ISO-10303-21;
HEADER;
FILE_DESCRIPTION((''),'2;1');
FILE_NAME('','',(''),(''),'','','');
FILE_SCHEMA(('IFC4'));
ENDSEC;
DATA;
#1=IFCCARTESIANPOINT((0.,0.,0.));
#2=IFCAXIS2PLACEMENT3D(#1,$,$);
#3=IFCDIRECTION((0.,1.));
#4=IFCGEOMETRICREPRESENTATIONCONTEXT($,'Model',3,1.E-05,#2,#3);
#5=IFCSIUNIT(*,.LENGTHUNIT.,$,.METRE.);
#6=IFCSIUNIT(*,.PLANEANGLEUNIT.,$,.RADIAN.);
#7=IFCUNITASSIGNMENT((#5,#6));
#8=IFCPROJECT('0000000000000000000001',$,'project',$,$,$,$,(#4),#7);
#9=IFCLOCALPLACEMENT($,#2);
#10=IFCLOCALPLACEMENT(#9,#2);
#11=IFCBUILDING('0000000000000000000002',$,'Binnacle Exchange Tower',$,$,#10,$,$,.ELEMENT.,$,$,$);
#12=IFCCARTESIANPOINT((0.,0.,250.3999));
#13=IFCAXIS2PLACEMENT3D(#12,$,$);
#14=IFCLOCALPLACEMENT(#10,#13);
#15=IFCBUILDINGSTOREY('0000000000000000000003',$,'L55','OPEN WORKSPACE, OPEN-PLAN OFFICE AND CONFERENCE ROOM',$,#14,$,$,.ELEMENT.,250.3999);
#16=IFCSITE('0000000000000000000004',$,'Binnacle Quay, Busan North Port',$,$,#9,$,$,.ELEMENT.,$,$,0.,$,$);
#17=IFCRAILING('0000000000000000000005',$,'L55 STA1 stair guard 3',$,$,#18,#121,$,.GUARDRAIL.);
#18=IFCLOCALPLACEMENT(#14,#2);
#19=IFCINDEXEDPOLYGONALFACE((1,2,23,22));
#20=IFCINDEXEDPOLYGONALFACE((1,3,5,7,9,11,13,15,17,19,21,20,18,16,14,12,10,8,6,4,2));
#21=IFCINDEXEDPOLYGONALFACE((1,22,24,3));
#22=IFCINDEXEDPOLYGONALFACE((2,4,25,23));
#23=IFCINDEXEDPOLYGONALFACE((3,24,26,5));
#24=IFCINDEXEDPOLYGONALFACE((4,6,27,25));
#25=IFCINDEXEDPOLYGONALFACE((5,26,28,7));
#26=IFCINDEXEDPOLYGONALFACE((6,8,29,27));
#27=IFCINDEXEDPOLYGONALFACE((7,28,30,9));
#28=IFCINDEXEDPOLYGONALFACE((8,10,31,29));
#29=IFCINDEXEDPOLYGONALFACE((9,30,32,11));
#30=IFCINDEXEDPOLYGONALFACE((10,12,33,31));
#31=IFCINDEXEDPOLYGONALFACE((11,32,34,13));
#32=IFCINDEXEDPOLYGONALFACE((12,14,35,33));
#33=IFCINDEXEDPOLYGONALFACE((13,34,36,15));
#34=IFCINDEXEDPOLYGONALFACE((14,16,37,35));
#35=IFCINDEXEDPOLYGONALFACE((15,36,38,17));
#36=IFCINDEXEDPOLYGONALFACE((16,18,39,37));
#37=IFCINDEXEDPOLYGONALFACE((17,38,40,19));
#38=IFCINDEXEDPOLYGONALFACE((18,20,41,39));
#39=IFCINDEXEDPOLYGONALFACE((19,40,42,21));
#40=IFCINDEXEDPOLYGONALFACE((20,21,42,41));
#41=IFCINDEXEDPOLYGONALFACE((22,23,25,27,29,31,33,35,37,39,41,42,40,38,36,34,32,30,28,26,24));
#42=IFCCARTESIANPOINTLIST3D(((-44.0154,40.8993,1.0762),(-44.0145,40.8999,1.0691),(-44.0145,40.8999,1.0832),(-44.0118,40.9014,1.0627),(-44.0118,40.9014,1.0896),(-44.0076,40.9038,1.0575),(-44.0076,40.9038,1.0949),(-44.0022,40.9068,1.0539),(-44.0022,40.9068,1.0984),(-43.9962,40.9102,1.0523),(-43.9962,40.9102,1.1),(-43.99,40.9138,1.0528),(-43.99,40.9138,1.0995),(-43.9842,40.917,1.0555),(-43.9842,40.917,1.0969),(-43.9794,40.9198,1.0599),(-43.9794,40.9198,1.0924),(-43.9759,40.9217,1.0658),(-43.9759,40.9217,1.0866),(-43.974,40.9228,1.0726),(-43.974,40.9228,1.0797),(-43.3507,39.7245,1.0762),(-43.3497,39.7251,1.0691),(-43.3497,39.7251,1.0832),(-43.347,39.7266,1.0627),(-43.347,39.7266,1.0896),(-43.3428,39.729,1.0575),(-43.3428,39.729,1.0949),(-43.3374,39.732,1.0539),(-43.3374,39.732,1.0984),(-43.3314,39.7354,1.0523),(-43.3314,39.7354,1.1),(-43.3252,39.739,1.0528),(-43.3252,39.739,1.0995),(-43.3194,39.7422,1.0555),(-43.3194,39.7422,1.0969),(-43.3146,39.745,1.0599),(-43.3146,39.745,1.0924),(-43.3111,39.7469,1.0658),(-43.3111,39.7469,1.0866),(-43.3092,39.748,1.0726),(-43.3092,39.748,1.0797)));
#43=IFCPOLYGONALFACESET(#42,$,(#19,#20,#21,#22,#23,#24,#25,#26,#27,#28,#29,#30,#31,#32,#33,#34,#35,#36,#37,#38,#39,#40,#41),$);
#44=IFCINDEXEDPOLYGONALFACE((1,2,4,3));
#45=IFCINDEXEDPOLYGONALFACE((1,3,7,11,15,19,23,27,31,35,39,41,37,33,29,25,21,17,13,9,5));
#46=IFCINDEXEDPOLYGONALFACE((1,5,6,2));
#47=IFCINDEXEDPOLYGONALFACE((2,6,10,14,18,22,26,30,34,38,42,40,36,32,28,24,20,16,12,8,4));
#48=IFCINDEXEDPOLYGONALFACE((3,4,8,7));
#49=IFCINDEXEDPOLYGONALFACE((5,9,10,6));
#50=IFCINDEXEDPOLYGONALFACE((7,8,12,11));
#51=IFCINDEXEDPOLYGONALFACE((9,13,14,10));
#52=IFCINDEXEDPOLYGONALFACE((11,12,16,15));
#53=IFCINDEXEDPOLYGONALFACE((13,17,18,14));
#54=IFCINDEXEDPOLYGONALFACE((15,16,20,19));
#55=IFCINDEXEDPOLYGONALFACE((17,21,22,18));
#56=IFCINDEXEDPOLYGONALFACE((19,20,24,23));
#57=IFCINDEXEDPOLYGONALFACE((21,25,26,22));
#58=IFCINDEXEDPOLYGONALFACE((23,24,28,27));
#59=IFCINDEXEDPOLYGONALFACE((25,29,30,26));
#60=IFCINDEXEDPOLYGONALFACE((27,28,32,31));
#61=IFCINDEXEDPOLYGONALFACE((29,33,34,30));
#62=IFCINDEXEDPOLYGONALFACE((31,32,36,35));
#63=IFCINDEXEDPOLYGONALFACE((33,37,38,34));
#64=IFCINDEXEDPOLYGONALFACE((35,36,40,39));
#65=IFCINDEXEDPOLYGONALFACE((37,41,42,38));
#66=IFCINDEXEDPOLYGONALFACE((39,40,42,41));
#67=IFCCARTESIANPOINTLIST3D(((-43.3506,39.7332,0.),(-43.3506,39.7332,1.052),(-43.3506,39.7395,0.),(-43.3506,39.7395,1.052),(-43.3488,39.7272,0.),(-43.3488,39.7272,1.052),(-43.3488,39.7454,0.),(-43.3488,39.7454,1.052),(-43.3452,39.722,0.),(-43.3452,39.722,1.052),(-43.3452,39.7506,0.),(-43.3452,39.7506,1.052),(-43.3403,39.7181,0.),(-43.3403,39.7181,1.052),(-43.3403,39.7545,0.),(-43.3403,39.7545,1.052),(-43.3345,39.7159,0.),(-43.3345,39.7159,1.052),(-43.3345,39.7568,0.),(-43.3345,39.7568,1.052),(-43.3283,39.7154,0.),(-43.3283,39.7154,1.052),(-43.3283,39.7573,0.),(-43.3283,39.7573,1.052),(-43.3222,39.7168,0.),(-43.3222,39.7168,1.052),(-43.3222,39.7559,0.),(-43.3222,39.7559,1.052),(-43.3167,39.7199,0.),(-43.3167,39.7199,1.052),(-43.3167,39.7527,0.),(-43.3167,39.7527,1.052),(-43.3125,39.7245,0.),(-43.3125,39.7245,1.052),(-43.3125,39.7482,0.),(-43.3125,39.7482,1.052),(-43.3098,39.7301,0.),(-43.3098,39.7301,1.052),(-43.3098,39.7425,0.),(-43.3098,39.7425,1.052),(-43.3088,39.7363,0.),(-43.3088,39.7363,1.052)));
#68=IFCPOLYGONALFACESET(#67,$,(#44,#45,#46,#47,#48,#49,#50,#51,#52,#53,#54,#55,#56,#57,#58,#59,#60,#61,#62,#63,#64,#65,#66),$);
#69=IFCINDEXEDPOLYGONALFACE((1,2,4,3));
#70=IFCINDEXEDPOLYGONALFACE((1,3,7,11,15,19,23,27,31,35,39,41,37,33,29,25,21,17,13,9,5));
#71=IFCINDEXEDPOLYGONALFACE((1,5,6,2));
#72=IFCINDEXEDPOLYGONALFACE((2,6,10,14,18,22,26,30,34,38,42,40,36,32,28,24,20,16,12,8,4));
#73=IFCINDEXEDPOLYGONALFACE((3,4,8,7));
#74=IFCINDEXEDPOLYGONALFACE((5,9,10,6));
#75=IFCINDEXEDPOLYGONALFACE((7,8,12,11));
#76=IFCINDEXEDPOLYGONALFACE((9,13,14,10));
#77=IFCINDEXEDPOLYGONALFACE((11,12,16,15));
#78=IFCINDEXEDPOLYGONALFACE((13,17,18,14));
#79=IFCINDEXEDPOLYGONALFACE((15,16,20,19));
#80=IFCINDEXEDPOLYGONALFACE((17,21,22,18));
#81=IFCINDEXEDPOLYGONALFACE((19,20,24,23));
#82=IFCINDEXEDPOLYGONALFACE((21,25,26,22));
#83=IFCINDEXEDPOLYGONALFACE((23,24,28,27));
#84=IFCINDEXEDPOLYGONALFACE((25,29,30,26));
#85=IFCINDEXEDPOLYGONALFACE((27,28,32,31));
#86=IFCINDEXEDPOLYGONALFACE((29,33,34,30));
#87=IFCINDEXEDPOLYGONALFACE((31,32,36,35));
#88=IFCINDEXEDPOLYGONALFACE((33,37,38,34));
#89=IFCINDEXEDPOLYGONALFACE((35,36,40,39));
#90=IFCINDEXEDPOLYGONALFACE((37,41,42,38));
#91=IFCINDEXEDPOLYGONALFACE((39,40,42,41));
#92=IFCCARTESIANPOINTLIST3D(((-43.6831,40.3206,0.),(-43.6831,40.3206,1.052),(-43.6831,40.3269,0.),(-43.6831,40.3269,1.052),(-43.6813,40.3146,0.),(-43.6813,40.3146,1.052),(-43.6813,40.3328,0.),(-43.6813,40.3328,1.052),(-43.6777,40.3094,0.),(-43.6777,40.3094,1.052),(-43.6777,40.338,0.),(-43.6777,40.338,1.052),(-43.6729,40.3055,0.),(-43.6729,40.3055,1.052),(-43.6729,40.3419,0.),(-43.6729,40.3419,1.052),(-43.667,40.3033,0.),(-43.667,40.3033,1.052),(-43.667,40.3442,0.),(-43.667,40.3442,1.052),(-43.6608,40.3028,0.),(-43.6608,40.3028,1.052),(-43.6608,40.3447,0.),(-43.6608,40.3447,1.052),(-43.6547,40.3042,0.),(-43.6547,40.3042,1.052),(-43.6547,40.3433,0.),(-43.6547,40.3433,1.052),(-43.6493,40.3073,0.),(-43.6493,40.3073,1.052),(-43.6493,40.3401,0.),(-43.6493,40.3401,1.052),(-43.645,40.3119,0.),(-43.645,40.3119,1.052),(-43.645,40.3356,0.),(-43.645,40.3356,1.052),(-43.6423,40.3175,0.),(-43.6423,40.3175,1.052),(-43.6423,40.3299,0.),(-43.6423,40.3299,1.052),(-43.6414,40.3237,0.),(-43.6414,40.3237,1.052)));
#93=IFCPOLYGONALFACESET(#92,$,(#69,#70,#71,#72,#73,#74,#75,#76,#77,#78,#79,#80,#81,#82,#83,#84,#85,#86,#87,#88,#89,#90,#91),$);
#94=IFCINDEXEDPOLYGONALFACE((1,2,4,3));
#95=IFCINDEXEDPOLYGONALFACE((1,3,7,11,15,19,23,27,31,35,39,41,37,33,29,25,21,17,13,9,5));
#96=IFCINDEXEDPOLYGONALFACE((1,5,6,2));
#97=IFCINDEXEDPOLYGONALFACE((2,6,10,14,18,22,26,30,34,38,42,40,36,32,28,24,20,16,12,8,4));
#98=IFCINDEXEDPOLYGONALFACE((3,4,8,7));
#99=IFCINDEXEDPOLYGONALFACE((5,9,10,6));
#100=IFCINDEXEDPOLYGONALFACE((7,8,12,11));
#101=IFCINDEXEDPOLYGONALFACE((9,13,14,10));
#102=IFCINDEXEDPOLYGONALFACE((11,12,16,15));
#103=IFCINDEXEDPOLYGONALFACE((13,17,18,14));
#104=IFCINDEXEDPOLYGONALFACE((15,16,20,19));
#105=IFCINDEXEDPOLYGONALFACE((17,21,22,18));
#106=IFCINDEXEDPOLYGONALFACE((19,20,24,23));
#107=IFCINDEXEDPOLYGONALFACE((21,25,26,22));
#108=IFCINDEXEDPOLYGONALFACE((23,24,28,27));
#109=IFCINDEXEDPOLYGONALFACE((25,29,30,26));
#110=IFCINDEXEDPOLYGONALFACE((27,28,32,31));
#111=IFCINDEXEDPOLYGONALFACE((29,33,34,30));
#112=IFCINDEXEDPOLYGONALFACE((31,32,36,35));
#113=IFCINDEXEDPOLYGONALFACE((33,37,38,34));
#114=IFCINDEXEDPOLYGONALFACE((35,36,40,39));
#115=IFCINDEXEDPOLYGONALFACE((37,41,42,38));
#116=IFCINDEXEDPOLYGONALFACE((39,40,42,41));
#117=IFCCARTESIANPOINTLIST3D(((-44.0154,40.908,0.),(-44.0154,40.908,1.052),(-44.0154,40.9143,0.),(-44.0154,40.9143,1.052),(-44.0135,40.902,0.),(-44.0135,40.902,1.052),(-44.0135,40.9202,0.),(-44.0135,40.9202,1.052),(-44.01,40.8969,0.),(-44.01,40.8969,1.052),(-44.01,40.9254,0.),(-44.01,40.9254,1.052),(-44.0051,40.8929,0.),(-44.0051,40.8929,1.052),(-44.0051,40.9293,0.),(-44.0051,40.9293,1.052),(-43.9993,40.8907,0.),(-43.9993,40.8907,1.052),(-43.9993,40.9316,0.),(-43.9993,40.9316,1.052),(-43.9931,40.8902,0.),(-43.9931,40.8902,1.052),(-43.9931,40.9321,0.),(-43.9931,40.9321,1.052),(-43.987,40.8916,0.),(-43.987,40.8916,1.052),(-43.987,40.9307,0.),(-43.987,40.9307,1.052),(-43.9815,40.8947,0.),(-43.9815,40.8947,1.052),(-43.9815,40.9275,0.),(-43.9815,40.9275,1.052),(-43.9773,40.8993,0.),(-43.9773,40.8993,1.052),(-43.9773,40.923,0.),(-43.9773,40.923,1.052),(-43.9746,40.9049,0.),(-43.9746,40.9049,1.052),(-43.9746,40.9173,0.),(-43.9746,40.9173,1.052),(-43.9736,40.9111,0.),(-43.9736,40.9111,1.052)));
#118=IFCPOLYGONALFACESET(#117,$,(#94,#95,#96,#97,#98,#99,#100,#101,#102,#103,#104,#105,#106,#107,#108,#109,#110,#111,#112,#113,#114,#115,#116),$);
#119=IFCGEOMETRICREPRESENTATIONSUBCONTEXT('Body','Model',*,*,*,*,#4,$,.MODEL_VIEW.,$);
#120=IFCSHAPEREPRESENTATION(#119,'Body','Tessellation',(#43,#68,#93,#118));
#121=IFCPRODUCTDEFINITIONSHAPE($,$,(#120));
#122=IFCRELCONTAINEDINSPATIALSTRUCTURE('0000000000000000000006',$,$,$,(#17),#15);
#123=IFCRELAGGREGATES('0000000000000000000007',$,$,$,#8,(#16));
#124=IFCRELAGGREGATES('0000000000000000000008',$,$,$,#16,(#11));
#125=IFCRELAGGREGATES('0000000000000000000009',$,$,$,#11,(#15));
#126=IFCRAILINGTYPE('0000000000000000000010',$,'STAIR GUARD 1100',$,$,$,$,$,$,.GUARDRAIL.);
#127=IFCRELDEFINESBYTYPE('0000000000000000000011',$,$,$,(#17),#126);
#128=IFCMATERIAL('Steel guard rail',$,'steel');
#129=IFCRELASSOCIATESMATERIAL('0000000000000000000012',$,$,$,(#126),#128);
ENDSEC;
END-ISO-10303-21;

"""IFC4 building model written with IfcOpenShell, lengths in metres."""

from ifc_helpers import new_model, si_unit, direction, frame, origin, origin_2d, place, context, subcontext, project, spatial, circle, extrude, material, type_object, element, save


model = new_model("IFC4")

# Units and contexts
model_context = context("Model", 3, precision=1e-05, world=origin(), true_north=direction((0.0, 1.0)))
body_context = subcontext(model_context, "Body", "Model", "MODEL_VIEW")
ifc_project = project(units=[si_unit("LENGTHUNIT", "METRE"), si_unit("PLANEANGLEUNIT", "RADIAN")], contexts=[model_context])

# Site, building, storey
site_placement = place(None, origin())
site = spatial("IfcSite", under=ifc_project, at=site_placement, Name="Binnacle Quay, Busan North Port", CompositionType="ELEMENT", RefElevation=0.0)
building_placement = place(site_placement, origin())
building = spatial("IfcBuilding", under=site, at=building_placement, Name="Binnacle Exchange Tower", CompositionType="ELEMENT")
storey_placement = place(building_placement, frame((0.0, 0.0, 250.3999)))
storey = spatial("IfcBuildingStorey", under=building, at=storey_placement, Name="L55", Description="OPEN WORKSPACE, OPEN-PLAN OFFICE AND CONFERENCE ROOM", CompositionType="ELEMENT", Elevation=250.3999)

# Railing
ifc_material_1 = material(Name="Steel guard rail", Category="steel")
railing_type = type_object("IfcRailingType", Name="STAIR GUARD 1100", PredefinedType="GUARDRAIL", material=ifc_material_1)
railing_1_placement = place(storey_placement, frame((-43.3298, 39.7363, 0.0)))
element("IfcRailing", 1, at=railing_1_placement, inside=storey, type_object=railing_type, Name="L55 STA1 stair guard 3", PredefinedType="GUARDRAIL", context=body_context, shape_type="SweptSolid", body=[
    extrude(circle(Radius=0.0239, at=origin_2d()), frame((0.0, 0.0, 1.0762), z_axis=(-0.492492, 0.870317, 0.0), x_axis=(-0.870317, -0.492492, 0.0)), (0.0, 0.0, 1.0), 1.3499),
    extrude(circle(Radius=0.021, at=origin_2d()), origin(), (0.0, 0.0, 1.0), 1.052),
    extrude(circle(Radius=0.021, at=origin_2d()), frame((-0.3325, 0.5874, 0.0)), (0.0, 0.0, 1.0), 1.052),
    extrude(circle(Radius=0.021, at=origin_2d()), frame((-0.6648, 1.1748, 0.0)), (0.0, 0.0, 1.0), 1.052),
])

save(model, "model.ifc")
